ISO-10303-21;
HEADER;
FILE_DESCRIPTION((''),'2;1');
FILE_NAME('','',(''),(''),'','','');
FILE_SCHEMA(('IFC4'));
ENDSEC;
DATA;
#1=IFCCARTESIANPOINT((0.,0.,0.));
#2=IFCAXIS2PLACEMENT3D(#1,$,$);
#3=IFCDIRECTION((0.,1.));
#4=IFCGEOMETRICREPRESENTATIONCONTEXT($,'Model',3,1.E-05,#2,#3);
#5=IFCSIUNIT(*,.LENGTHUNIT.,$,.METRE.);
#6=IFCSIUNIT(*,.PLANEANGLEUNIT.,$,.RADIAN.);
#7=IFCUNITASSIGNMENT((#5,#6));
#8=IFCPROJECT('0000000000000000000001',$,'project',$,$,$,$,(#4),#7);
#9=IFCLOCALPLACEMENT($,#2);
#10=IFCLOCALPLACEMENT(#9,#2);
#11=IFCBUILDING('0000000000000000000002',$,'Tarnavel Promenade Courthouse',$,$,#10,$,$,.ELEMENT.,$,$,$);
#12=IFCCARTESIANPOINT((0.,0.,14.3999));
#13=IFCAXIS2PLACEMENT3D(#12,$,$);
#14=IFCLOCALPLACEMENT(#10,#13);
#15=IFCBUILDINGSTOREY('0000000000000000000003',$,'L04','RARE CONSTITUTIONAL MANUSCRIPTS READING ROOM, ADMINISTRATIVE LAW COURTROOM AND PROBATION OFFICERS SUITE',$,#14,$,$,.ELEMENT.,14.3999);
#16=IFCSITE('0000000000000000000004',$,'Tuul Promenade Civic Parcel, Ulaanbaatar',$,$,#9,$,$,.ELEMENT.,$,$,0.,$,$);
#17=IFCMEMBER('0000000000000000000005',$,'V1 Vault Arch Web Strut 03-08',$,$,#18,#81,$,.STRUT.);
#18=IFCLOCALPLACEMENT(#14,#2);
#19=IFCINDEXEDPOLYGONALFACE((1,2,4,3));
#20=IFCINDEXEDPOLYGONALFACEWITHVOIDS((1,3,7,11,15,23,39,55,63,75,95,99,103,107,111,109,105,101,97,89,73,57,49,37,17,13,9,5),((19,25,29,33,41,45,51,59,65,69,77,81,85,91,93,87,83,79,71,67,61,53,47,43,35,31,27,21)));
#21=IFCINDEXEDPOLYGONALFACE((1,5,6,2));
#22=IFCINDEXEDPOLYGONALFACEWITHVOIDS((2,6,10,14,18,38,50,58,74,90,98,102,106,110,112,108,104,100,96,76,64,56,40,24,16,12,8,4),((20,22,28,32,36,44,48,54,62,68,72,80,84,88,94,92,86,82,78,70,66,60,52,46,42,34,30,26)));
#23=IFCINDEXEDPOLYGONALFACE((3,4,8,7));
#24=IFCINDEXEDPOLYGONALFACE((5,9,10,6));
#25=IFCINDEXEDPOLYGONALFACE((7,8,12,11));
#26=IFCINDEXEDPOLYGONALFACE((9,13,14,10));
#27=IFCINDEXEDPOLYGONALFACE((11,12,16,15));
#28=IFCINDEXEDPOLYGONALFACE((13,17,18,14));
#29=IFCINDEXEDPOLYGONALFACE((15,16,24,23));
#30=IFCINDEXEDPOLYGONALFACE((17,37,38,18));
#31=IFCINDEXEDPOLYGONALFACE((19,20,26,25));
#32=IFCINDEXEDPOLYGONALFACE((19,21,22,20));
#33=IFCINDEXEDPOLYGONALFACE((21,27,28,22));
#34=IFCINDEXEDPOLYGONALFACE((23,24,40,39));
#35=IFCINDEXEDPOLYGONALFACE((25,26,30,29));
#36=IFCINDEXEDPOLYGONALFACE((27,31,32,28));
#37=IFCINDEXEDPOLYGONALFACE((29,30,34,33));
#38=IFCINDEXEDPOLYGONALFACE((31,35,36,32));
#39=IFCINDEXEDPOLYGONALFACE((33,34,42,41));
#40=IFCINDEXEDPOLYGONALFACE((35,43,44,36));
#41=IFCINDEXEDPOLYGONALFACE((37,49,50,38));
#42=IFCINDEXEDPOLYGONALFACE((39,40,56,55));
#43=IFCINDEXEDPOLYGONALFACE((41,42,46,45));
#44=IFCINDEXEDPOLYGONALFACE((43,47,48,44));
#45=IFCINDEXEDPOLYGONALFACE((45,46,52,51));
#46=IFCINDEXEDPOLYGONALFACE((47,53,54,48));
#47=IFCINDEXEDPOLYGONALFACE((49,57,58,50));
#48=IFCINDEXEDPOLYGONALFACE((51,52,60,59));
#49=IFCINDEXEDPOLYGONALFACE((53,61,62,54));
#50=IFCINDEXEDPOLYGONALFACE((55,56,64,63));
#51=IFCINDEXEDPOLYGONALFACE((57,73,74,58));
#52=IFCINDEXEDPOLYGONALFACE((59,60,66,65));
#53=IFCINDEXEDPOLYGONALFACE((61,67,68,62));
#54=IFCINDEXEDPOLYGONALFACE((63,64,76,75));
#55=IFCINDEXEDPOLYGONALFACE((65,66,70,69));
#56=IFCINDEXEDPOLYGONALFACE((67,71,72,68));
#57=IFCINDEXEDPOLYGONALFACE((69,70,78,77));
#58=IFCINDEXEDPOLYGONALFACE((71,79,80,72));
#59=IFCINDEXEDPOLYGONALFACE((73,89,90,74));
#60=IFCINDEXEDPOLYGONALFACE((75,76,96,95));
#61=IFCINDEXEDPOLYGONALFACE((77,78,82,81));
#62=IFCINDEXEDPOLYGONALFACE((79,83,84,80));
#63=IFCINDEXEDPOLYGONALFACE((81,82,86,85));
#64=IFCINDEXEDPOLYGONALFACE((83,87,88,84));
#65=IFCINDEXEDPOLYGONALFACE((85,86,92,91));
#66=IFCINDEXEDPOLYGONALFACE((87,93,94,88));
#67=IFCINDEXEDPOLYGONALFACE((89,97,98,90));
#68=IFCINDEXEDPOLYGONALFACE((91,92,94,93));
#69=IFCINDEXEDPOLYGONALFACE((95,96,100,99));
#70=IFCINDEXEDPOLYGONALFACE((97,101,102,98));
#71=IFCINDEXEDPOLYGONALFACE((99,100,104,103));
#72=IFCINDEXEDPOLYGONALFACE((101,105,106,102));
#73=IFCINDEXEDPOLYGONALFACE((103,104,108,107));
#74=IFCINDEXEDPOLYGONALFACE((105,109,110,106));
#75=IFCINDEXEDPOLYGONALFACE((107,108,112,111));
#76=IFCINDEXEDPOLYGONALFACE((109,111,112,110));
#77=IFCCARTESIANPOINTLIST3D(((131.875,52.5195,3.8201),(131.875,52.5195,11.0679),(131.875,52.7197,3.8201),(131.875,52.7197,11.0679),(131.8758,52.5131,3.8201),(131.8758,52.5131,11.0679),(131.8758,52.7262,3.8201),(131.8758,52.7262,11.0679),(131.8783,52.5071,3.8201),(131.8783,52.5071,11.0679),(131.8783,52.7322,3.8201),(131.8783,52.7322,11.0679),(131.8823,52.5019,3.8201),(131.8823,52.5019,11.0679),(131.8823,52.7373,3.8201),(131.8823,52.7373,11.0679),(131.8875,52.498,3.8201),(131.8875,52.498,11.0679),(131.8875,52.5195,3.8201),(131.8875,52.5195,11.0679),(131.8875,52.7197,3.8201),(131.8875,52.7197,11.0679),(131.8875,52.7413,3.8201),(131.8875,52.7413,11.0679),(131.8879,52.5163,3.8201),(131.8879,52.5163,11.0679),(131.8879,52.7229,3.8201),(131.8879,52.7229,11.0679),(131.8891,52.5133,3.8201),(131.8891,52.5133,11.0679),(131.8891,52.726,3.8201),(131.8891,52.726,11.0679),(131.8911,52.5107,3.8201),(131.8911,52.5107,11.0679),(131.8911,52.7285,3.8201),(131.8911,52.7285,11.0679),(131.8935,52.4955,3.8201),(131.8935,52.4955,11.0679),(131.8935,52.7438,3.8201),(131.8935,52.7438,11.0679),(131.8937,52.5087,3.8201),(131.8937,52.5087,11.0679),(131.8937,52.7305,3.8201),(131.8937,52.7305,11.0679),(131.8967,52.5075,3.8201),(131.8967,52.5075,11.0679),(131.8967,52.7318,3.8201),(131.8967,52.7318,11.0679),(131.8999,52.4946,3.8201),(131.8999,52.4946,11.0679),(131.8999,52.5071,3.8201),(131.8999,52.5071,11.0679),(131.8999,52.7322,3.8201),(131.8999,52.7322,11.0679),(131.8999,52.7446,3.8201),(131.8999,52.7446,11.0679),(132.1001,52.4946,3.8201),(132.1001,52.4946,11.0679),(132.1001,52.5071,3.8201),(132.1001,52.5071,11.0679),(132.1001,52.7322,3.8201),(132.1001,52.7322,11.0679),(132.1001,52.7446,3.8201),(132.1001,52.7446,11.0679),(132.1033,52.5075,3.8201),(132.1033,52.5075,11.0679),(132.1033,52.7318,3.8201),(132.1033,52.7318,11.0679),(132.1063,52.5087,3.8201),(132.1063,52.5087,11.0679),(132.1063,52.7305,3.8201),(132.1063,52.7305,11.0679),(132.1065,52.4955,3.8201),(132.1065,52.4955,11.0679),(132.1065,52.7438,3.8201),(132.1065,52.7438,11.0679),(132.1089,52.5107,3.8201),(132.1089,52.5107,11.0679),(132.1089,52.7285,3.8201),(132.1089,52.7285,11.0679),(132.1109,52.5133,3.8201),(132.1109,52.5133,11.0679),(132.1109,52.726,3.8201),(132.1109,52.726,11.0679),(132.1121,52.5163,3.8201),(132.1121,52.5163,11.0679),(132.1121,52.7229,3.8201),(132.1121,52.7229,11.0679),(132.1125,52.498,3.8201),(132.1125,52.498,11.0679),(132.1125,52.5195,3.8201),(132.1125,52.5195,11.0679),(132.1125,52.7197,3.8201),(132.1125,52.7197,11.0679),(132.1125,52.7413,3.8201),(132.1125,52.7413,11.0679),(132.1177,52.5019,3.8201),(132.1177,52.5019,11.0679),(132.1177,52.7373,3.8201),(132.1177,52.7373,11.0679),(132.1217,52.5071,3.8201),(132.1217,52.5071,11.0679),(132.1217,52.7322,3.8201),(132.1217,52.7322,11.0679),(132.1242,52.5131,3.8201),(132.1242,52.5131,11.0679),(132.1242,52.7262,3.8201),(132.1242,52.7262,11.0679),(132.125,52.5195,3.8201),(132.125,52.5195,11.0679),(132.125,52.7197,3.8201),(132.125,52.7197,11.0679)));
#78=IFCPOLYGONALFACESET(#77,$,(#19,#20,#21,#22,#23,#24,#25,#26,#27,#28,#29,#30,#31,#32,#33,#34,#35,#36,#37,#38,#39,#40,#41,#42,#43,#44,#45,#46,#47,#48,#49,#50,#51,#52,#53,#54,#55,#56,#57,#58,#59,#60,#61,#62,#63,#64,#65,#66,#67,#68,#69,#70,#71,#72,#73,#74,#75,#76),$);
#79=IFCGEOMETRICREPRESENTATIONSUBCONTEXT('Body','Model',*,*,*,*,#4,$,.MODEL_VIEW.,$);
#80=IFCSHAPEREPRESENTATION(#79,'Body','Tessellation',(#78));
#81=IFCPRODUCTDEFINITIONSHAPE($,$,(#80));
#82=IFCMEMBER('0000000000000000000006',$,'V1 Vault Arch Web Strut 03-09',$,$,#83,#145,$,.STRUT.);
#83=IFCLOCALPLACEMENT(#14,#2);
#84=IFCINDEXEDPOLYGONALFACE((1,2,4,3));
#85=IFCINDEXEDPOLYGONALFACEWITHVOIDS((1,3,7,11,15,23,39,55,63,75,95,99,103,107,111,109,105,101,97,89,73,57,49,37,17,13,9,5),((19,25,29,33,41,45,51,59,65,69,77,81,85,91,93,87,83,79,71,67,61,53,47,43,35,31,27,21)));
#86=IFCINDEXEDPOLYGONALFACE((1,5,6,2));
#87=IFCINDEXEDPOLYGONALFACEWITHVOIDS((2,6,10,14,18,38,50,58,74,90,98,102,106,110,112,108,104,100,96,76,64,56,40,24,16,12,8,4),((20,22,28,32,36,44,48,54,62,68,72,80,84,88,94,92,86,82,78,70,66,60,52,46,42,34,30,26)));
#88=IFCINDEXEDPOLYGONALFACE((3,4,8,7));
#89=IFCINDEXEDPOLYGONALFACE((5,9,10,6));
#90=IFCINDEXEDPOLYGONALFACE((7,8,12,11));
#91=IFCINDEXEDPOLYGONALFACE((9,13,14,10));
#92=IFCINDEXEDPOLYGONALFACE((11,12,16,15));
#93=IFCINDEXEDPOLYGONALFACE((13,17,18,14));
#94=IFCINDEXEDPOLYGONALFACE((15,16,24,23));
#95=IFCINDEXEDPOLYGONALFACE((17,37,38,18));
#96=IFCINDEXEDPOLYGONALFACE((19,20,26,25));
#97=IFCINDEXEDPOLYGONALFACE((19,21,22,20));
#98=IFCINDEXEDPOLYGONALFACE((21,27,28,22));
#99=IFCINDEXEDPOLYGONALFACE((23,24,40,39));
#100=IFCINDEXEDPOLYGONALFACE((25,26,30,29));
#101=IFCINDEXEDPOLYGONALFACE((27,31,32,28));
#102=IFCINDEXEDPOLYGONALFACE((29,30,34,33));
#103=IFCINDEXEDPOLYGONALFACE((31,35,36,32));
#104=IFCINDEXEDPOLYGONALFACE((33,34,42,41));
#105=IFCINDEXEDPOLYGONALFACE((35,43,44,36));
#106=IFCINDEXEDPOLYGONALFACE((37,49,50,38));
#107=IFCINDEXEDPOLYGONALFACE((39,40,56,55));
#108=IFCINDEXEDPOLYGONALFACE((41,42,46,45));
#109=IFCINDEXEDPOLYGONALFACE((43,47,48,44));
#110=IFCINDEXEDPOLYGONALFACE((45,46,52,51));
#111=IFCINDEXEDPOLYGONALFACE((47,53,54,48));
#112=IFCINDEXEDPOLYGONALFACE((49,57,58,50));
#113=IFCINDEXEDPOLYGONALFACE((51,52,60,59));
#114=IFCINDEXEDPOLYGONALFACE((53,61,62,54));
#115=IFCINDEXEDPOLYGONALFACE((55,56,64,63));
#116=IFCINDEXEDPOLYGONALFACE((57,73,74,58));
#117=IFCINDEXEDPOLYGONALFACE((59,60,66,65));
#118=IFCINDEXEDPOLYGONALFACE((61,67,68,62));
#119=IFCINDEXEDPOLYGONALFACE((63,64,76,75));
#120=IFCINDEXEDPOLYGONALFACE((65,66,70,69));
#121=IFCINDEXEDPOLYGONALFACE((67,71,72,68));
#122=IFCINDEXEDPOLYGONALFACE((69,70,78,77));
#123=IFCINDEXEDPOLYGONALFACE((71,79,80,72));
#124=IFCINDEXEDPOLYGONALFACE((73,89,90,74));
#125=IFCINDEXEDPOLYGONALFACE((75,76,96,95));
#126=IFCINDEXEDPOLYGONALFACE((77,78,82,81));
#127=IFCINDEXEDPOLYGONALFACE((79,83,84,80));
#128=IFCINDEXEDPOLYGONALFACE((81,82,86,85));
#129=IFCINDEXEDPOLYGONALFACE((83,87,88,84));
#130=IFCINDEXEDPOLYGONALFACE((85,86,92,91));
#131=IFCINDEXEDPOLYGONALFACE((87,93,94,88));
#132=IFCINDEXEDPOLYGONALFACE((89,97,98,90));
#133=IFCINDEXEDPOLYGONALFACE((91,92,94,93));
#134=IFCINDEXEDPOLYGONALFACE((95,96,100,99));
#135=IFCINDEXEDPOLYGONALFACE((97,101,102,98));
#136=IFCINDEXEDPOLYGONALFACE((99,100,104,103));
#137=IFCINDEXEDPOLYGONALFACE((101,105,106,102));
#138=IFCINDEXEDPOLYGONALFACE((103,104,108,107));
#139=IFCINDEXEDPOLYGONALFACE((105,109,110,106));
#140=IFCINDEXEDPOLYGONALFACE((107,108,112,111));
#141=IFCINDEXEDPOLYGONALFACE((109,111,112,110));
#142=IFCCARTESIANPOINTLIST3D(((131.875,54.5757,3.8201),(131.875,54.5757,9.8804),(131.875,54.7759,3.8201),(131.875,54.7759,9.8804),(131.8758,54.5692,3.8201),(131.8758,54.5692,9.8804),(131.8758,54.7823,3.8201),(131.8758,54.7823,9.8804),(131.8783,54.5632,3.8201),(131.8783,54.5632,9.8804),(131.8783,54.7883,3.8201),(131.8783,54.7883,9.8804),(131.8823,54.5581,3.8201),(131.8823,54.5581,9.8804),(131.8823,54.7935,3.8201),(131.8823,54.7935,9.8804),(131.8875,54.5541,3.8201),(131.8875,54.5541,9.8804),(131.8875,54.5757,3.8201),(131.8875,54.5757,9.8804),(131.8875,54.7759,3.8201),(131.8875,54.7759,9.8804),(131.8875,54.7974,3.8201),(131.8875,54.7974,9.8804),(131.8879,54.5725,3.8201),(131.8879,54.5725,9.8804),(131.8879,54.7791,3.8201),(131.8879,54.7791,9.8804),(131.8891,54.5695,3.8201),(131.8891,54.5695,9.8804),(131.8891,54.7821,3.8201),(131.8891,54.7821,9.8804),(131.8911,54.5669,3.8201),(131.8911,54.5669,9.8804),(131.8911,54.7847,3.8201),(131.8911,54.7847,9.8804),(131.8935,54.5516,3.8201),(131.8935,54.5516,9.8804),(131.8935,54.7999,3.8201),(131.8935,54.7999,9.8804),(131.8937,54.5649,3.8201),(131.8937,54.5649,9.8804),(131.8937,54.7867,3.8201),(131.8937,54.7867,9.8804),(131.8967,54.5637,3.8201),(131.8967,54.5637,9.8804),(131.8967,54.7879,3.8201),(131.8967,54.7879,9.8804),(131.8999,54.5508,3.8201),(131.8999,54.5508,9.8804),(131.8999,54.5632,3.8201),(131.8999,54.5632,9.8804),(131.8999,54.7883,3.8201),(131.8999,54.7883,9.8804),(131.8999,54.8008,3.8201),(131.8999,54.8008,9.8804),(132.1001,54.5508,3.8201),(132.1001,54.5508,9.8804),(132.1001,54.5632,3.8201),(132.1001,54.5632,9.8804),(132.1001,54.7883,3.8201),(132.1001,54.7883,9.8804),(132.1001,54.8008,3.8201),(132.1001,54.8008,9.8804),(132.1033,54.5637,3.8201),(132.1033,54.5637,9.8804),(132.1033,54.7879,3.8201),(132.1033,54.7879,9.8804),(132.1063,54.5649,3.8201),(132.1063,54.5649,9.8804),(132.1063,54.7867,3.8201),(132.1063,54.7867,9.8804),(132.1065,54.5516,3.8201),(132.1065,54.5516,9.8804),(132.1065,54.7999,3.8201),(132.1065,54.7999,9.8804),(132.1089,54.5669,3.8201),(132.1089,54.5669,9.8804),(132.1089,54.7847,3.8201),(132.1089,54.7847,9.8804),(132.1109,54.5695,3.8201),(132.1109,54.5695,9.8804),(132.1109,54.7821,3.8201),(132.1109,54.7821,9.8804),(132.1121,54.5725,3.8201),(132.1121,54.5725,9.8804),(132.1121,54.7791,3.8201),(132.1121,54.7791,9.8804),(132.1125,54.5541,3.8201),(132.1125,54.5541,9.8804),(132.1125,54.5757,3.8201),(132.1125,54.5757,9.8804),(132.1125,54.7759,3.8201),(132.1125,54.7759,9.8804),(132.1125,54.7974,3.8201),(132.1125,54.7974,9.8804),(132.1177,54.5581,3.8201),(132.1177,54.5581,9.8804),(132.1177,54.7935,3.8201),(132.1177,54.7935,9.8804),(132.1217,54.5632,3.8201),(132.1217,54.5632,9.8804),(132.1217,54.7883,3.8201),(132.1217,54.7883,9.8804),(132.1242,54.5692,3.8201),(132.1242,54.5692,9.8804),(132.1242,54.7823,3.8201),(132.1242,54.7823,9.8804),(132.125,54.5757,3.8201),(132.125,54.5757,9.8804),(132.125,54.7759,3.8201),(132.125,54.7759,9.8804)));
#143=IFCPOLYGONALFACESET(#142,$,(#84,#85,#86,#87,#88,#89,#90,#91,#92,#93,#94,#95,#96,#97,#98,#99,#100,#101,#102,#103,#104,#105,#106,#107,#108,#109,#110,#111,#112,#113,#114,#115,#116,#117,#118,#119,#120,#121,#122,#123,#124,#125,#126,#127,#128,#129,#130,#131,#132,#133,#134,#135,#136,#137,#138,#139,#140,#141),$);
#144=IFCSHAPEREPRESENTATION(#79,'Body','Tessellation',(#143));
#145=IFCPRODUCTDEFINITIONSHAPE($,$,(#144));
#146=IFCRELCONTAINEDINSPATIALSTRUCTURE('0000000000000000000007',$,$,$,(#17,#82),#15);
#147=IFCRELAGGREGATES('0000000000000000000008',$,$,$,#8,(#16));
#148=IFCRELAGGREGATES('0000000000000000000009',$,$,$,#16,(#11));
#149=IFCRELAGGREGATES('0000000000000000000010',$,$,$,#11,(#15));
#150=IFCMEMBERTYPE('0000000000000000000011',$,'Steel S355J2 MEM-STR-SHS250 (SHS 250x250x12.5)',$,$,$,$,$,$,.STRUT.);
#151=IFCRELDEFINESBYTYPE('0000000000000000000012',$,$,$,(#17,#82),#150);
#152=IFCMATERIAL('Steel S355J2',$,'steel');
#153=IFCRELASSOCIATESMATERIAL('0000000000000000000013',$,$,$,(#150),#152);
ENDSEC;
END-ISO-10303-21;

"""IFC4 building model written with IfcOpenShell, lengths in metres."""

from ifc_helpers import new_model, si_unit, direction, frame, origin, origin_2d, place, context, subcontext, project, spatial, hollow_rectangle, extrude, material, material_profile, profile_set, type_object, element, save


model = new_model("IFC4")

# Units and contexts
model_context = context("Model", 3, precision=1e-05, world=origin(), true_north=direction((0.0, 1.0)))
body_context = subcontext(model_context, "Body", "Model", "MODEL_VIEW")
ifc_project = project(units=[si_unit("LENGTHUNIT", "METRE"), si_unit("PLANEANGLEUNIT", "RADIAN")], contexts=[model_context])

# Site, building, storey
site_placement = place(None, origin())
site = spatial("IfcSite", under=ifc_project, at=site_placement, Name="Tuul Promenade Civic Parcel, Ulaanbaatar", CompositionType="ELEMENT", RefElevation=0.0)
building_placement = place(site_placement, origin())
building = spatial("IfcBuilding", under=site, at=building_placement, Name="Tarnavel Promenade Courthouse", CompositionType="ELEMENT")
storey_placement = place(building_placement, frame((0.0, 0.0, 14.3999)))
storey = spatial("IfcBuildingStorey", under=building, at=storey_placement, Name="L04", Description="RARE CONSTITUTIONAL MANUSCRIPTS READING ROOM, ADMINISTRATIVE LAW COURTROOM AND PROBATION OFFICERS SUITE", CompositionType="ELEMENT", Elevation=14.3999)

# Shared definitions
ifc_material_1 = material(Name="Steel S355J2", Category="steel")

# Members
ifc_material_profile_1 = material_profile(ifc_material_1, hollow_rectangle(XDim=0.25, YDim=0.25, WallThickness=0.0125, InnerFilletRadius=0.0125, OuterFilletRadius=0.0249, at=origin_2d()), Name="SHS 250x250x12.5")
ifc_profile_set_1 = profile_set([ifc_material_profile_1], Name="Steel S355J2")
member_type_1 = type_object("IfcMemberType", Name="Steel S355J2 MEM-STR-SHS250 (SHS 250x250x12.5)", PredefinedType="STRUT", material=ifc_profile_set_1)
member_1_placement = place(storey_placement, frame((132.0, 52.6196, 3.8201), z_axis=(0.0, 0.0, 1.0), x_axis=(1.0, 0.0, 0.0)))
element("IfcMember", 1, at=member_1_placement, inside=storey, type_object=member_type_1, Name="V1 Vault Arch Web Strut 03-08", PredefinedType="STRUT", context=body_context, shape_type="SweptSolid", body=[
    extrude(hollow_rectangle(XDim=0.25, YDim=0.25, WallThickness=0.0125, InnerFilletRadius=0.0125, OuterFilletRadius=0.0249, at=origin_2d()), origin(), (0.0, 0.0, 1.0), 7.2478),
])
member_2_placement = place(storey_placement, frame((132.0, 54.6758, 3.8201), z_axis=(0.0, 0.0, 1.0), x_axis=(1.0, 0.0, 0.0)))
element("IfcMember", 2, at=member_2_placement, inside=storey, type_object=member_type_1, Name="V1 Vault Arch Web Strut 03-09", PredefinedType="STRUT", context=body_context, shape_type="SweptSolid", body=[
    extrude(hollow_rectangle(XDim=0.25, YDim=0.25, WallThickness=0.0125, InnerFilletRadius=0.0125, OuterFilletRadius=0.0249, at=origin_2d()), origin(), (0.0, 0.0, 1.0), 6.0603),
])

save(model, "model.ifc")
